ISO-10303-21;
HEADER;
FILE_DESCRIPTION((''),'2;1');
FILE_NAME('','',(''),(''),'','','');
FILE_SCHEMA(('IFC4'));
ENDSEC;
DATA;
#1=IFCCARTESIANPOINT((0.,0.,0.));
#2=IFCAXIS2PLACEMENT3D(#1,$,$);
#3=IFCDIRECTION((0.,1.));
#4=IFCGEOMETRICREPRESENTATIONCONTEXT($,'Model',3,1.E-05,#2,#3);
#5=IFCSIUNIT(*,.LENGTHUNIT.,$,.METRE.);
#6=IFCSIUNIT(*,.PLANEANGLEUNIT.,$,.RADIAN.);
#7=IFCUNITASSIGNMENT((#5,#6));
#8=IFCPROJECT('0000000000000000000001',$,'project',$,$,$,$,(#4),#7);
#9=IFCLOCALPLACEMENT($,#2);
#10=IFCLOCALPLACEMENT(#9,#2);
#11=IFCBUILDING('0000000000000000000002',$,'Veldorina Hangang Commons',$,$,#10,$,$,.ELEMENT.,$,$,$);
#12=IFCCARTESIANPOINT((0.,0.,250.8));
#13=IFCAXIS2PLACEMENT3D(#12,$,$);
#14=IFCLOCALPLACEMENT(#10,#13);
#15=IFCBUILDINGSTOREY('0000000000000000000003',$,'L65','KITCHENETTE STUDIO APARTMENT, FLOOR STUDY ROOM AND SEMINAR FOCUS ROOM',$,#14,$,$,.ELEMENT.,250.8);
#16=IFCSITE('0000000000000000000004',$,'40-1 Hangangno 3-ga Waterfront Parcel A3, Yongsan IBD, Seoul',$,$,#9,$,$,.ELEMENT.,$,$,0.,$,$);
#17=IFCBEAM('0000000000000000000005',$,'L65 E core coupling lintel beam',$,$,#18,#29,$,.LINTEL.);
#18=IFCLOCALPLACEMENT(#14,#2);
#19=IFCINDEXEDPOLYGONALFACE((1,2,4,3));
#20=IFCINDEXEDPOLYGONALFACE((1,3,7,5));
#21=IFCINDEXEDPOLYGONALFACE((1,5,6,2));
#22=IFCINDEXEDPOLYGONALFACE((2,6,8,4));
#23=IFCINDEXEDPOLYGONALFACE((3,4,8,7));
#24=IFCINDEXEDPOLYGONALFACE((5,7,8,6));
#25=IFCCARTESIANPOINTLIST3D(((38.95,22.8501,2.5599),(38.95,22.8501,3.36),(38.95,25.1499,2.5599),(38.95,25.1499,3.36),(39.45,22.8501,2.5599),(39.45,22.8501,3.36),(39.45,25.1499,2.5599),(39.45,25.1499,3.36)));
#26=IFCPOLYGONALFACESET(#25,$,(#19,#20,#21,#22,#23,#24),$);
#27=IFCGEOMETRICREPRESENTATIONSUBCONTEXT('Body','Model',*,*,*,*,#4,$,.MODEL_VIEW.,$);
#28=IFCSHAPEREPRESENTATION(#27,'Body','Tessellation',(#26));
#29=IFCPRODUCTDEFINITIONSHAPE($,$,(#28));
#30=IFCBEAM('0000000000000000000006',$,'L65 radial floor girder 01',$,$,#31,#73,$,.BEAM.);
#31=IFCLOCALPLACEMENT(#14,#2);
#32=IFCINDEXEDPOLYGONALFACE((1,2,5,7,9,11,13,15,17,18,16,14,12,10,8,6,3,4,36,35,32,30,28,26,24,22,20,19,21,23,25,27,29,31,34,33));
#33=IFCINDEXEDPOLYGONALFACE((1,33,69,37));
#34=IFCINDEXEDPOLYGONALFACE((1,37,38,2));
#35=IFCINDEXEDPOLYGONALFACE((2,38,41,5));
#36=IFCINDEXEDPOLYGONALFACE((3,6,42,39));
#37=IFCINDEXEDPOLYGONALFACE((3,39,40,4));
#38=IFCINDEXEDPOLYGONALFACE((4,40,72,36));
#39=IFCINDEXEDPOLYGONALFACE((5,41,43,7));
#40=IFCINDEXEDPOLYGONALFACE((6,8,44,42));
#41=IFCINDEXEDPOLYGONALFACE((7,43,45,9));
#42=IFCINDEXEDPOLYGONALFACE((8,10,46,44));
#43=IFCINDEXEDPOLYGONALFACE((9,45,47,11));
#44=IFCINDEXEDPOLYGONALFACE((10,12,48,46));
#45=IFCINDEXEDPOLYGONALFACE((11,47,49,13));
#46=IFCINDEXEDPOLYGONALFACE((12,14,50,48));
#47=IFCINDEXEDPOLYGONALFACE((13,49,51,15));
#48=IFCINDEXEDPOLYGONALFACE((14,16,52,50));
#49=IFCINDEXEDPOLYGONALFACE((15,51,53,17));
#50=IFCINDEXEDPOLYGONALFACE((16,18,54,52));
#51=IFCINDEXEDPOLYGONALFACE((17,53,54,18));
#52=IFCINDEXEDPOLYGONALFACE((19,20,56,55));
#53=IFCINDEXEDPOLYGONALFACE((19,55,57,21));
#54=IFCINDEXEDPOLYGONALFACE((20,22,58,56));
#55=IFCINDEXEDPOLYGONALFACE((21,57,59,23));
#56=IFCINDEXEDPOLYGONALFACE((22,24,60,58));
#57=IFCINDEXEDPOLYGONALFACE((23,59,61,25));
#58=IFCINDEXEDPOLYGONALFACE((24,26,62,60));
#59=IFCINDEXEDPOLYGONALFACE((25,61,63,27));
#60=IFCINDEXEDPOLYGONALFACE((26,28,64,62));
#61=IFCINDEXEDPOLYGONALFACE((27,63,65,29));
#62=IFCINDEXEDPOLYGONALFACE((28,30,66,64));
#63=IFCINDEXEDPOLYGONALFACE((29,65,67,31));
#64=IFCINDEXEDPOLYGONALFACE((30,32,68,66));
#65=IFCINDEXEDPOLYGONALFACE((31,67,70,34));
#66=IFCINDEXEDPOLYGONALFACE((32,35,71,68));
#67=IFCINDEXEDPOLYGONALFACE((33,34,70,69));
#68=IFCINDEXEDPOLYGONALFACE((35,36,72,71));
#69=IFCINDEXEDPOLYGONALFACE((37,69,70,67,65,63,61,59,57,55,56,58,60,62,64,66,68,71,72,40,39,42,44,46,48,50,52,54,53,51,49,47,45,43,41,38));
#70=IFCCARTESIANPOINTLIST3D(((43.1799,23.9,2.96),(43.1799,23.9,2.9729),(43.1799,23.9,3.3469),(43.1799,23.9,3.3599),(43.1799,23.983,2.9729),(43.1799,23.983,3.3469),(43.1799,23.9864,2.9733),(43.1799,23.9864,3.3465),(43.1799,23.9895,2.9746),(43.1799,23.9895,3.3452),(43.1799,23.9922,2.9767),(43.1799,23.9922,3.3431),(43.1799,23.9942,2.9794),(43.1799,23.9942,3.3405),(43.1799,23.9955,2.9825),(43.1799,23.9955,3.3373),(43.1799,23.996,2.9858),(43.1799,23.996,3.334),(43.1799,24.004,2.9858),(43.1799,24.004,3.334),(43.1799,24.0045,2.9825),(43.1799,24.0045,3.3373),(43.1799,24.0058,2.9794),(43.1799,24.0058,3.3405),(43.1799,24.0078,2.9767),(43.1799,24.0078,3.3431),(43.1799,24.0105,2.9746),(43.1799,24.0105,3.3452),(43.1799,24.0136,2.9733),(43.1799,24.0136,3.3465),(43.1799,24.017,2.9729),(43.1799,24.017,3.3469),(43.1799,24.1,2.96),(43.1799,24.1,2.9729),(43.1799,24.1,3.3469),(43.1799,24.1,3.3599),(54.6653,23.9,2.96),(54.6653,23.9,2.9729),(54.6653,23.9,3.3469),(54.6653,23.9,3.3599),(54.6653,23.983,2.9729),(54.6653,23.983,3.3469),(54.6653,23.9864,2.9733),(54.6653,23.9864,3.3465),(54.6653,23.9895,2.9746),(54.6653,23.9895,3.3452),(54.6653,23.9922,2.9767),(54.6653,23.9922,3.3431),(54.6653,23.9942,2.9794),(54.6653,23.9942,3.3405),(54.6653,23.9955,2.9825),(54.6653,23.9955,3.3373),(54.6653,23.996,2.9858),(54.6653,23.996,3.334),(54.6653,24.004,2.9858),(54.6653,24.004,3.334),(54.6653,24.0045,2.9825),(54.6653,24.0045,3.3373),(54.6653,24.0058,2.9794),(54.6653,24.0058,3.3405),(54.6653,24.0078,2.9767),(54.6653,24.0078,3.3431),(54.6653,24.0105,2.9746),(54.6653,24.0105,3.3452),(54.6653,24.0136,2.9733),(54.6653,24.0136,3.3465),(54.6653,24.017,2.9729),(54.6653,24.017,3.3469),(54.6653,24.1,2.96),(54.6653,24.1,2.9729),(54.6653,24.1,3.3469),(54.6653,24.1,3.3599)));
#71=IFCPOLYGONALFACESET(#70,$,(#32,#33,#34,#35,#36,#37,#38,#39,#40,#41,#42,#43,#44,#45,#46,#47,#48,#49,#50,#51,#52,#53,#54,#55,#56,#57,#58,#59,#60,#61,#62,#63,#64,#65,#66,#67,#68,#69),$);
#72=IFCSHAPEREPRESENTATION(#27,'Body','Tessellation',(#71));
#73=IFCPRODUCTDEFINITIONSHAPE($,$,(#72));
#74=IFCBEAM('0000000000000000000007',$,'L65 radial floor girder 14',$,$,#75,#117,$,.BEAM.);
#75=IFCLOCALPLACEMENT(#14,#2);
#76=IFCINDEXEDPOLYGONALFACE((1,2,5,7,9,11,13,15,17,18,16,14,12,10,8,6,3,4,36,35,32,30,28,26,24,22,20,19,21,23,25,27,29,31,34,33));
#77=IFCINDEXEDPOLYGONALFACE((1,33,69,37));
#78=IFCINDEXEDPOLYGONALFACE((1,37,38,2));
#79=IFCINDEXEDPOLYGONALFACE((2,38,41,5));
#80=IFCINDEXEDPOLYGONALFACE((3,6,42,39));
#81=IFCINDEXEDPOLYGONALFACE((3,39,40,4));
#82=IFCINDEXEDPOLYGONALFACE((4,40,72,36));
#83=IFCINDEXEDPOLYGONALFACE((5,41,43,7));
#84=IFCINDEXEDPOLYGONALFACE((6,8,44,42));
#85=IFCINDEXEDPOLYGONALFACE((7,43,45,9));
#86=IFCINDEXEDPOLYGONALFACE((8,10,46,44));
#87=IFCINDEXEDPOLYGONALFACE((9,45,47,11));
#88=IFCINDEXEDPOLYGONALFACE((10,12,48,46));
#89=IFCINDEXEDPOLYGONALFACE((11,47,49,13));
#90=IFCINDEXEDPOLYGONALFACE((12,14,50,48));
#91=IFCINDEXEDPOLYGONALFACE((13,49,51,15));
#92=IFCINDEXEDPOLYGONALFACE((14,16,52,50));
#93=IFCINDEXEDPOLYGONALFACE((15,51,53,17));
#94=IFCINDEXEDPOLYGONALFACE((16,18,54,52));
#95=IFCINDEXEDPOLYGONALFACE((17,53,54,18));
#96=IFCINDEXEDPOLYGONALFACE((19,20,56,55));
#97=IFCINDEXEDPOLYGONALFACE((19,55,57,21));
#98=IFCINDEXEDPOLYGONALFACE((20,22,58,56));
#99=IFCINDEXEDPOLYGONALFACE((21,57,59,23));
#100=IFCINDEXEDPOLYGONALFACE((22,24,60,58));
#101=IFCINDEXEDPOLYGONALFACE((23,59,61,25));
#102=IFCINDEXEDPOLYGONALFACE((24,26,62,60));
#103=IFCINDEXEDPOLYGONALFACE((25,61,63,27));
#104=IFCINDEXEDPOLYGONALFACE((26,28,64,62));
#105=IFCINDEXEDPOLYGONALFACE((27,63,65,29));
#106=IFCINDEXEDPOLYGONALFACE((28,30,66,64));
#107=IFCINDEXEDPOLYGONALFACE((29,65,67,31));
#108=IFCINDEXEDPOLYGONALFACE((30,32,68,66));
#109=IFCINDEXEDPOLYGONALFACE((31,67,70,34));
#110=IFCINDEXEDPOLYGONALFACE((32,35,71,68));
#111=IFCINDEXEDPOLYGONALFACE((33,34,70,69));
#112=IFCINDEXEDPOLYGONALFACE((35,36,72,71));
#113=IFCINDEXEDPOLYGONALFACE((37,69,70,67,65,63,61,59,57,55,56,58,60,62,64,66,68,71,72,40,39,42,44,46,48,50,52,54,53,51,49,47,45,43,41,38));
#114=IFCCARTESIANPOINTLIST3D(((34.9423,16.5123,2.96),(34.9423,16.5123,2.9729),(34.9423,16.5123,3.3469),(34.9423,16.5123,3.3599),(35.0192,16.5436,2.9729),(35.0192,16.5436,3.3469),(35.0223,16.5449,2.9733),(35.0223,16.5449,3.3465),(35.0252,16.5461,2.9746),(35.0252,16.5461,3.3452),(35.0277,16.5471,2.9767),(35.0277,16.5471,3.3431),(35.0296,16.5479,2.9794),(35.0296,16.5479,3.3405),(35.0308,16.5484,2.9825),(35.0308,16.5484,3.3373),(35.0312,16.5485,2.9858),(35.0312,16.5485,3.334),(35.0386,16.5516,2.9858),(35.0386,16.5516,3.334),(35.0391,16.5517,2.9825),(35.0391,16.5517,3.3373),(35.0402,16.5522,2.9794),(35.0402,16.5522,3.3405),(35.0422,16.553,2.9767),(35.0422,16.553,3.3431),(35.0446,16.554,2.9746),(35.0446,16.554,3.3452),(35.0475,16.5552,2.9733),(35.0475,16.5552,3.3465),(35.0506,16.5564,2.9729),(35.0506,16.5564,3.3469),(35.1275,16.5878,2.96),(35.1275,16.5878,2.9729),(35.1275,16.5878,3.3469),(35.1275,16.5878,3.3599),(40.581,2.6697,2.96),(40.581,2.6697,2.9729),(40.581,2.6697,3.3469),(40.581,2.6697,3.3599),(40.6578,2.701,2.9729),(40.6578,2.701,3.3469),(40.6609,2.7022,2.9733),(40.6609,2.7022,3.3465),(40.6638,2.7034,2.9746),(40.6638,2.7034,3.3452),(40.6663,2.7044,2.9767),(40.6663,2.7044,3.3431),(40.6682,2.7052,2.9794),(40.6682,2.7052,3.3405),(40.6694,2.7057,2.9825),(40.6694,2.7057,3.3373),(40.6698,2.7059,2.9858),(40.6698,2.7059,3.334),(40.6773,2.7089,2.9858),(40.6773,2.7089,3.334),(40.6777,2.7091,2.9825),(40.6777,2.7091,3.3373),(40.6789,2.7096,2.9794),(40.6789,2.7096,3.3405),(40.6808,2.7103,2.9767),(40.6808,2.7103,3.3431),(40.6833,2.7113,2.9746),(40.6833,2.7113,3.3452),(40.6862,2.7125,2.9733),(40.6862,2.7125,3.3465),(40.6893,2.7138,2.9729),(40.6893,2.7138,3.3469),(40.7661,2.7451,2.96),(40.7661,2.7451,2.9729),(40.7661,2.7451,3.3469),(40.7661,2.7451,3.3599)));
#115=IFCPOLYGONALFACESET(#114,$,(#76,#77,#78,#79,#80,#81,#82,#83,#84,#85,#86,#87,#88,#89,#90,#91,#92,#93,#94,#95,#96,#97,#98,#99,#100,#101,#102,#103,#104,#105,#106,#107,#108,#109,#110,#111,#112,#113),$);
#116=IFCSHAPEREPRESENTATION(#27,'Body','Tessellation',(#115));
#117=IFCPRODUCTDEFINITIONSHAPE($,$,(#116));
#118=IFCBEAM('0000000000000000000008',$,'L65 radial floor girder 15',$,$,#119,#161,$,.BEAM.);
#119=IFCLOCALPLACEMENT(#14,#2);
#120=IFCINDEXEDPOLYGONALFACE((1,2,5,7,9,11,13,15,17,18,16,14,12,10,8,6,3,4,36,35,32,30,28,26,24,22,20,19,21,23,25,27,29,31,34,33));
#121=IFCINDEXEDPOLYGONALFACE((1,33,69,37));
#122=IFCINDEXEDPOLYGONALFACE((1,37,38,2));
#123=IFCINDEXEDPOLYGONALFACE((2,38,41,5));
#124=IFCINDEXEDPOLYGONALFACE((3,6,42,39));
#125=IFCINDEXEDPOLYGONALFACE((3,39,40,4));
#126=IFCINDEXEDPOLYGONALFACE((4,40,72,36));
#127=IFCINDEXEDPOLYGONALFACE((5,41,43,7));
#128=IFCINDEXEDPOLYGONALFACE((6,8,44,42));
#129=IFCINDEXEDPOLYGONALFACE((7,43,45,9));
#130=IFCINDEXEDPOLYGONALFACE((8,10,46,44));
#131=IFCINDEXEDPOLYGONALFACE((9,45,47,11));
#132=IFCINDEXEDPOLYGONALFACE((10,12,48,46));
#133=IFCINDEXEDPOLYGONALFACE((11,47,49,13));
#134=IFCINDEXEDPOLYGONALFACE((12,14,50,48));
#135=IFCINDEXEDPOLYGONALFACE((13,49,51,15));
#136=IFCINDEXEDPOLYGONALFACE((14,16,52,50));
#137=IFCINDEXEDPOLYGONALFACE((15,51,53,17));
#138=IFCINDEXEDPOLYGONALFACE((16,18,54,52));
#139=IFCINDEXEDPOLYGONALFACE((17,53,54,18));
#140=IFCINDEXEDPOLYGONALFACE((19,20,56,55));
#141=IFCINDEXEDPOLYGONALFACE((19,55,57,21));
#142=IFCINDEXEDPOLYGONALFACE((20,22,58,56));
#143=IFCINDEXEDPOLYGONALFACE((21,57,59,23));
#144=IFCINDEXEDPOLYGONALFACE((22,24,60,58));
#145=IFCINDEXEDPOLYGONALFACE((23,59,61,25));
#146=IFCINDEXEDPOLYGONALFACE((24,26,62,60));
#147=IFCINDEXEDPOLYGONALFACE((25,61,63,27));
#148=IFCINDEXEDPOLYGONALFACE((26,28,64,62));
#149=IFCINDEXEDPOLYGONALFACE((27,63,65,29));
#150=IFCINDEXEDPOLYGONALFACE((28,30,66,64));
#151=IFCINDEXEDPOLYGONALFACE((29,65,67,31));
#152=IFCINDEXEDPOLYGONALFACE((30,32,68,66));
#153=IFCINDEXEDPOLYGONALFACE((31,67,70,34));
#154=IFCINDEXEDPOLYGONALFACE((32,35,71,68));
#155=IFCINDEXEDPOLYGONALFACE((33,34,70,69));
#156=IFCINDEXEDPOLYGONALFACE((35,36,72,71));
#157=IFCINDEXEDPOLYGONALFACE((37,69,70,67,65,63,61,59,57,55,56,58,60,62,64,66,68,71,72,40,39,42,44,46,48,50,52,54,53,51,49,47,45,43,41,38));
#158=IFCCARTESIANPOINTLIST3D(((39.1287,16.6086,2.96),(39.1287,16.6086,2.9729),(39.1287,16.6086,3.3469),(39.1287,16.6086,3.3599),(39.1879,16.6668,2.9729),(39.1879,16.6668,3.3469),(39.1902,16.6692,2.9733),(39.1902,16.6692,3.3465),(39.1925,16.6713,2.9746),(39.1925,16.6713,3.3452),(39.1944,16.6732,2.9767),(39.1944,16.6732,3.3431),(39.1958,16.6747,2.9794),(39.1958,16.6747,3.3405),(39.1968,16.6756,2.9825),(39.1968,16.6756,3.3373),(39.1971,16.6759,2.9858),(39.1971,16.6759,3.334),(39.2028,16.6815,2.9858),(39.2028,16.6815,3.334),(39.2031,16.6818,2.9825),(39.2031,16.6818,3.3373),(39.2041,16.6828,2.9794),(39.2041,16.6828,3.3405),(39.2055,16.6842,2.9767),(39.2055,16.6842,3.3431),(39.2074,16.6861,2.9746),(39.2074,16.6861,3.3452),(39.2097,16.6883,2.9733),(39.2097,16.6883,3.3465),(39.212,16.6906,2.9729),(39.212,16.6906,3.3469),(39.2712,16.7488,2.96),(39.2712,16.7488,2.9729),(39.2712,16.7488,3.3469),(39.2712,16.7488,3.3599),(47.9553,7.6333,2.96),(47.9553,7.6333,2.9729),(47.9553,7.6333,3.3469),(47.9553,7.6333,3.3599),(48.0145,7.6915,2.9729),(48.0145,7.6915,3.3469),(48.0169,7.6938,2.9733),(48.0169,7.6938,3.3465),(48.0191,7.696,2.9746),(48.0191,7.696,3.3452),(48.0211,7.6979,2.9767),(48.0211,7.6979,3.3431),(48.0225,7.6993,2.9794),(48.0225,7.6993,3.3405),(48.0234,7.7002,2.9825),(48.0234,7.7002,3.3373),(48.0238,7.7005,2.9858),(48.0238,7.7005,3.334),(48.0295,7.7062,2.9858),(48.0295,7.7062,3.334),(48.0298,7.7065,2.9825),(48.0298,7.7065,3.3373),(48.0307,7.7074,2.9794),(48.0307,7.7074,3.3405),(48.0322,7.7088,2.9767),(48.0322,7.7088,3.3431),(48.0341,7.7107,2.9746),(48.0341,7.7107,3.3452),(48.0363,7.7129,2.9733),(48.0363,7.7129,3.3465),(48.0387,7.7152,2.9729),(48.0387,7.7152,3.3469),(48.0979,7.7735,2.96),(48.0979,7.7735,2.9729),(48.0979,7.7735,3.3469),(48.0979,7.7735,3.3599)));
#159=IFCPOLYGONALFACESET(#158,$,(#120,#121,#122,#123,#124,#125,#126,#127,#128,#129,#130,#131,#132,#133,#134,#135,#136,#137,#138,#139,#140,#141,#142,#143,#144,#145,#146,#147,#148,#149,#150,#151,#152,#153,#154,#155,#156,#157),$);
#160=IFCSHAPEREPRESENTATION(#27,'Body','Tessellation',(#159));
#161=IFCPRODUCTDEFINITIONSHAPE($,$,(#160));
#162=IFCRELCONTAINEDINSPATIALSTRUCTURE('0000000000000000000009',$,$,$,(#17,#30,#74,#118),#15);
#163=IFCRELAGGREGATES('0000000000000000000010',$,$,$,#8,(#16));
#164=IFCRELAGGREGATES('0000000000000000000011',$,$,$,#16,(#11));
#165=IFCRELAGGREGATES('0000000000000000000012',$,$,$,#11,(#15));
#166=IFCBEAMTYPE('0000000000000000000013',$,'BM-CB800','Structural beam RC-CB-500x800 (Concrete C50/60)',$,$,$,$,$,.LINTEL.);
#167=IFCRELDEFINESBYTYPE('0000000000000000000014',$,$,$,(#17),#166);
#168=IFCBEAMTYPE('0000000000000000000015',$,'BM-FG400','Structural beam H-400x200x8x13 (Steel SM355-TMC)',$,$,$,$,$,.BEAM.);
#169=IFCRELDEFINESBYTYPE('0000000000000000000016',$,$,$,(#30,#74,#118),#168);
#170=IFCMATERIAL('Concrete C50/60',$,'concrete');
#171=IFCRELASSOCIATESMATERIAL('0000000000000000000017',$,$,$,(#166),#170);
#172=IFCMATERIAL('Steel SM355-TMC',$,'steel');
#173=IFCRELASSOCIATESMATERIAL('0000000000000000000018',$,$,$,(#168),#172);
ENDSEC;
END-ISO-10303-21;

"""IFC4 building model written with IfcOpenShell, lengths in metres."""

from ifc_helpers import new_model, si_unit, direction, frame, origin, origin_2d, place, context, subcontext, project, spatial, rectangle, i_section, extrude, material, material_profile, profile_set, type_object, element, save


model = new_model("IFC4")

# Units and contexts
model_context = context("Model", 3, precision=1e-05, world=origin(), true_north=direction((0.0, 1.0)))
body_context = subcontext(model_context, "Body", "Model", "MODEL_VIEW")
ifc_project = project(units=[si_unit("LENGTHUNIT", "METRE"), si_unit("PLANEANGLEUNIT", "RADIAN")], contexts=[model_context])

# Site, building, storey
site_placement = place(None, origin())
site = spatial("IfcSite", under=ifc_project, at=site_placement, Name="40-1 Hangangno 3-ga Waterfront Parcel A3, Yongsan IBD, Seoul", CompositionType="ELEMENT", RefElevation=0.0)
building_placement = place(site_placement, origin())
building = spatial("IfcBuilding", under=site, at=building_placement, Name="Veldorina Hangang Commons", CompositionType="ELEMENT")
storey_placement = place(building_placement, frame((0.0, 0.0, 250.8)))
storey = spatial("IfcBuildingStorey", under=building, at=storey_placement, Name="L65", Description="KITCHENETTE STUDIO APARTMENT, FLOOR STUDY ROOM AND SEMINAR FOCUS ROOM", CompositionType="ELEMENT", Elevation=250.8)

# Beams
ifc_material_1 = material(Name="Concrete C50/60", Category="concrete")
ifc_material_profile_1 = material_profile(ifc_material_1, rectangle(XDim=0.5, YDim=0.8, at=origin_2d()), Name="RC-CB-500x800")
ifc_profile_set_1 = profile_set([ifc_material_profile_1], Name="Concrete C50/60")
beam_type_1 = type_object("IfcBeamType", Name="BM-CB800", Description="Structural beam RC-CB-500x800 (Concrete C50/60)", PredefinedType="LINTEL", material=ifc_profile_set_1)
beam_1_placement = place(storey_placement, frame((39.2, 22.8501, 2.96), z_axis=(0.0, 1.0, 0.0), x_axis=(-1.0, 0.0, 0.0)))
element("IfcBeam", 1, at=beam_1_placement, inside=storey, type_object=beam_type_1, Name="L65 E core coupling lintel beam", PredefinedType="LINTEL", context=body_context, shape_type="SweptSolid", body=[
    extrude(rectangle(XDim=0.5, YDim=0.8, at=origin_2d()), origin(), (0.0, 0.0, 1.0), 2.2998),
])
ifc_material_2 = material(Name="Steel SM355-TMC", Category="steel")
ifc_material_profile_2 = material_profile(ifc_material_2, i_section(OverallWidth=0.2, OverallDepth=0.3999, WebThickness=0.0081, FlangeThickness=0.0129, FilletRadius=0.0129, at=origin_2d()), Name="H-400x200x8x13")
ifc_profile_set_2 = profile_set([ifc_material_profile_2], Name="Steel SM355-TMC")
beam_type_2 = type_object("IfcBeamType", Name="BM-FG400", Description="Structural beam H-400x200x8x13 (Steel SM355-TMC)", PredefinedType="BEAM", material=ifc_profile_set_2)
beam_2_placement = place(storey_placement, frame((43.1799, 24.0, 3.1599), z_axis=(1.0, 0.0, 0.0), x_axis=(0.0, 1.0, 0.0)))
element("IfcBeam", 2, at=beam_2_placement, inside=storey, type_object=beam_type_2, Name="L65 radial floor girder 01", PredefinedType="BEAM", context=body_context, shape_type="SweptSolid", body=[
    extrude(i_section(OverallWidth=0.2, OverallDepth=0.3999, WebThickness=0.0081, FlangeThickness=0.0129, FilletRadius=0.0129, at=origin_2d()), origin(), (0.0, 0.0, 1.0), 11.4854),
])
beam_3_placement = place(storey_placement, frame((35.0349, 16.55, 3.1599), z_axis=(0.377241, -0.926115, 0.0), x_axis=(0.926115, 0.377241, 0.0)))
element("IfcBeam", 3, at=beam_3_placement, inside=storey, type_object=beam_type_2, Name="L65 radial floor girder 14", PredefinedType="BEAM", context=body_context, shape_type="SweptSolid", body=[
    extrude(i_section(OverallWidth=0.2, OverallDepth=0.3999, WebThickness=0.0081, FlangeThickness=0.0129, FilletRadius=0.0129, at=origin_2d()), origin(), (0.0, 0.0, 1.0), 14.947),
])
beam_4_placement = place(storey_placement, frame((39.2, 16.6787, 3.1599), z_axis=(0.701177, -0.712988, 0.0), x_axis=(0.712988, 0.701177, 0.0)))
element("IfcBeam", 4, at=beam_4_placement, inside=storey, type_object=beam_type_2, Name="L65 radial floor girder 15", PredefinedType="BEAM", context=body_context, shape_type="SweptSolid", body=[
    extrude(i_section(OverallWidth=0.2, OverallDepth=0.3999, WebThickness=0.0081, FlangeThickness=0.0129, FilletRadius=0.0129, at=origin_2d()), origin(), (0.0, 0.0, 1.0), 12.5884),
])

save(model, "model.ifc")
